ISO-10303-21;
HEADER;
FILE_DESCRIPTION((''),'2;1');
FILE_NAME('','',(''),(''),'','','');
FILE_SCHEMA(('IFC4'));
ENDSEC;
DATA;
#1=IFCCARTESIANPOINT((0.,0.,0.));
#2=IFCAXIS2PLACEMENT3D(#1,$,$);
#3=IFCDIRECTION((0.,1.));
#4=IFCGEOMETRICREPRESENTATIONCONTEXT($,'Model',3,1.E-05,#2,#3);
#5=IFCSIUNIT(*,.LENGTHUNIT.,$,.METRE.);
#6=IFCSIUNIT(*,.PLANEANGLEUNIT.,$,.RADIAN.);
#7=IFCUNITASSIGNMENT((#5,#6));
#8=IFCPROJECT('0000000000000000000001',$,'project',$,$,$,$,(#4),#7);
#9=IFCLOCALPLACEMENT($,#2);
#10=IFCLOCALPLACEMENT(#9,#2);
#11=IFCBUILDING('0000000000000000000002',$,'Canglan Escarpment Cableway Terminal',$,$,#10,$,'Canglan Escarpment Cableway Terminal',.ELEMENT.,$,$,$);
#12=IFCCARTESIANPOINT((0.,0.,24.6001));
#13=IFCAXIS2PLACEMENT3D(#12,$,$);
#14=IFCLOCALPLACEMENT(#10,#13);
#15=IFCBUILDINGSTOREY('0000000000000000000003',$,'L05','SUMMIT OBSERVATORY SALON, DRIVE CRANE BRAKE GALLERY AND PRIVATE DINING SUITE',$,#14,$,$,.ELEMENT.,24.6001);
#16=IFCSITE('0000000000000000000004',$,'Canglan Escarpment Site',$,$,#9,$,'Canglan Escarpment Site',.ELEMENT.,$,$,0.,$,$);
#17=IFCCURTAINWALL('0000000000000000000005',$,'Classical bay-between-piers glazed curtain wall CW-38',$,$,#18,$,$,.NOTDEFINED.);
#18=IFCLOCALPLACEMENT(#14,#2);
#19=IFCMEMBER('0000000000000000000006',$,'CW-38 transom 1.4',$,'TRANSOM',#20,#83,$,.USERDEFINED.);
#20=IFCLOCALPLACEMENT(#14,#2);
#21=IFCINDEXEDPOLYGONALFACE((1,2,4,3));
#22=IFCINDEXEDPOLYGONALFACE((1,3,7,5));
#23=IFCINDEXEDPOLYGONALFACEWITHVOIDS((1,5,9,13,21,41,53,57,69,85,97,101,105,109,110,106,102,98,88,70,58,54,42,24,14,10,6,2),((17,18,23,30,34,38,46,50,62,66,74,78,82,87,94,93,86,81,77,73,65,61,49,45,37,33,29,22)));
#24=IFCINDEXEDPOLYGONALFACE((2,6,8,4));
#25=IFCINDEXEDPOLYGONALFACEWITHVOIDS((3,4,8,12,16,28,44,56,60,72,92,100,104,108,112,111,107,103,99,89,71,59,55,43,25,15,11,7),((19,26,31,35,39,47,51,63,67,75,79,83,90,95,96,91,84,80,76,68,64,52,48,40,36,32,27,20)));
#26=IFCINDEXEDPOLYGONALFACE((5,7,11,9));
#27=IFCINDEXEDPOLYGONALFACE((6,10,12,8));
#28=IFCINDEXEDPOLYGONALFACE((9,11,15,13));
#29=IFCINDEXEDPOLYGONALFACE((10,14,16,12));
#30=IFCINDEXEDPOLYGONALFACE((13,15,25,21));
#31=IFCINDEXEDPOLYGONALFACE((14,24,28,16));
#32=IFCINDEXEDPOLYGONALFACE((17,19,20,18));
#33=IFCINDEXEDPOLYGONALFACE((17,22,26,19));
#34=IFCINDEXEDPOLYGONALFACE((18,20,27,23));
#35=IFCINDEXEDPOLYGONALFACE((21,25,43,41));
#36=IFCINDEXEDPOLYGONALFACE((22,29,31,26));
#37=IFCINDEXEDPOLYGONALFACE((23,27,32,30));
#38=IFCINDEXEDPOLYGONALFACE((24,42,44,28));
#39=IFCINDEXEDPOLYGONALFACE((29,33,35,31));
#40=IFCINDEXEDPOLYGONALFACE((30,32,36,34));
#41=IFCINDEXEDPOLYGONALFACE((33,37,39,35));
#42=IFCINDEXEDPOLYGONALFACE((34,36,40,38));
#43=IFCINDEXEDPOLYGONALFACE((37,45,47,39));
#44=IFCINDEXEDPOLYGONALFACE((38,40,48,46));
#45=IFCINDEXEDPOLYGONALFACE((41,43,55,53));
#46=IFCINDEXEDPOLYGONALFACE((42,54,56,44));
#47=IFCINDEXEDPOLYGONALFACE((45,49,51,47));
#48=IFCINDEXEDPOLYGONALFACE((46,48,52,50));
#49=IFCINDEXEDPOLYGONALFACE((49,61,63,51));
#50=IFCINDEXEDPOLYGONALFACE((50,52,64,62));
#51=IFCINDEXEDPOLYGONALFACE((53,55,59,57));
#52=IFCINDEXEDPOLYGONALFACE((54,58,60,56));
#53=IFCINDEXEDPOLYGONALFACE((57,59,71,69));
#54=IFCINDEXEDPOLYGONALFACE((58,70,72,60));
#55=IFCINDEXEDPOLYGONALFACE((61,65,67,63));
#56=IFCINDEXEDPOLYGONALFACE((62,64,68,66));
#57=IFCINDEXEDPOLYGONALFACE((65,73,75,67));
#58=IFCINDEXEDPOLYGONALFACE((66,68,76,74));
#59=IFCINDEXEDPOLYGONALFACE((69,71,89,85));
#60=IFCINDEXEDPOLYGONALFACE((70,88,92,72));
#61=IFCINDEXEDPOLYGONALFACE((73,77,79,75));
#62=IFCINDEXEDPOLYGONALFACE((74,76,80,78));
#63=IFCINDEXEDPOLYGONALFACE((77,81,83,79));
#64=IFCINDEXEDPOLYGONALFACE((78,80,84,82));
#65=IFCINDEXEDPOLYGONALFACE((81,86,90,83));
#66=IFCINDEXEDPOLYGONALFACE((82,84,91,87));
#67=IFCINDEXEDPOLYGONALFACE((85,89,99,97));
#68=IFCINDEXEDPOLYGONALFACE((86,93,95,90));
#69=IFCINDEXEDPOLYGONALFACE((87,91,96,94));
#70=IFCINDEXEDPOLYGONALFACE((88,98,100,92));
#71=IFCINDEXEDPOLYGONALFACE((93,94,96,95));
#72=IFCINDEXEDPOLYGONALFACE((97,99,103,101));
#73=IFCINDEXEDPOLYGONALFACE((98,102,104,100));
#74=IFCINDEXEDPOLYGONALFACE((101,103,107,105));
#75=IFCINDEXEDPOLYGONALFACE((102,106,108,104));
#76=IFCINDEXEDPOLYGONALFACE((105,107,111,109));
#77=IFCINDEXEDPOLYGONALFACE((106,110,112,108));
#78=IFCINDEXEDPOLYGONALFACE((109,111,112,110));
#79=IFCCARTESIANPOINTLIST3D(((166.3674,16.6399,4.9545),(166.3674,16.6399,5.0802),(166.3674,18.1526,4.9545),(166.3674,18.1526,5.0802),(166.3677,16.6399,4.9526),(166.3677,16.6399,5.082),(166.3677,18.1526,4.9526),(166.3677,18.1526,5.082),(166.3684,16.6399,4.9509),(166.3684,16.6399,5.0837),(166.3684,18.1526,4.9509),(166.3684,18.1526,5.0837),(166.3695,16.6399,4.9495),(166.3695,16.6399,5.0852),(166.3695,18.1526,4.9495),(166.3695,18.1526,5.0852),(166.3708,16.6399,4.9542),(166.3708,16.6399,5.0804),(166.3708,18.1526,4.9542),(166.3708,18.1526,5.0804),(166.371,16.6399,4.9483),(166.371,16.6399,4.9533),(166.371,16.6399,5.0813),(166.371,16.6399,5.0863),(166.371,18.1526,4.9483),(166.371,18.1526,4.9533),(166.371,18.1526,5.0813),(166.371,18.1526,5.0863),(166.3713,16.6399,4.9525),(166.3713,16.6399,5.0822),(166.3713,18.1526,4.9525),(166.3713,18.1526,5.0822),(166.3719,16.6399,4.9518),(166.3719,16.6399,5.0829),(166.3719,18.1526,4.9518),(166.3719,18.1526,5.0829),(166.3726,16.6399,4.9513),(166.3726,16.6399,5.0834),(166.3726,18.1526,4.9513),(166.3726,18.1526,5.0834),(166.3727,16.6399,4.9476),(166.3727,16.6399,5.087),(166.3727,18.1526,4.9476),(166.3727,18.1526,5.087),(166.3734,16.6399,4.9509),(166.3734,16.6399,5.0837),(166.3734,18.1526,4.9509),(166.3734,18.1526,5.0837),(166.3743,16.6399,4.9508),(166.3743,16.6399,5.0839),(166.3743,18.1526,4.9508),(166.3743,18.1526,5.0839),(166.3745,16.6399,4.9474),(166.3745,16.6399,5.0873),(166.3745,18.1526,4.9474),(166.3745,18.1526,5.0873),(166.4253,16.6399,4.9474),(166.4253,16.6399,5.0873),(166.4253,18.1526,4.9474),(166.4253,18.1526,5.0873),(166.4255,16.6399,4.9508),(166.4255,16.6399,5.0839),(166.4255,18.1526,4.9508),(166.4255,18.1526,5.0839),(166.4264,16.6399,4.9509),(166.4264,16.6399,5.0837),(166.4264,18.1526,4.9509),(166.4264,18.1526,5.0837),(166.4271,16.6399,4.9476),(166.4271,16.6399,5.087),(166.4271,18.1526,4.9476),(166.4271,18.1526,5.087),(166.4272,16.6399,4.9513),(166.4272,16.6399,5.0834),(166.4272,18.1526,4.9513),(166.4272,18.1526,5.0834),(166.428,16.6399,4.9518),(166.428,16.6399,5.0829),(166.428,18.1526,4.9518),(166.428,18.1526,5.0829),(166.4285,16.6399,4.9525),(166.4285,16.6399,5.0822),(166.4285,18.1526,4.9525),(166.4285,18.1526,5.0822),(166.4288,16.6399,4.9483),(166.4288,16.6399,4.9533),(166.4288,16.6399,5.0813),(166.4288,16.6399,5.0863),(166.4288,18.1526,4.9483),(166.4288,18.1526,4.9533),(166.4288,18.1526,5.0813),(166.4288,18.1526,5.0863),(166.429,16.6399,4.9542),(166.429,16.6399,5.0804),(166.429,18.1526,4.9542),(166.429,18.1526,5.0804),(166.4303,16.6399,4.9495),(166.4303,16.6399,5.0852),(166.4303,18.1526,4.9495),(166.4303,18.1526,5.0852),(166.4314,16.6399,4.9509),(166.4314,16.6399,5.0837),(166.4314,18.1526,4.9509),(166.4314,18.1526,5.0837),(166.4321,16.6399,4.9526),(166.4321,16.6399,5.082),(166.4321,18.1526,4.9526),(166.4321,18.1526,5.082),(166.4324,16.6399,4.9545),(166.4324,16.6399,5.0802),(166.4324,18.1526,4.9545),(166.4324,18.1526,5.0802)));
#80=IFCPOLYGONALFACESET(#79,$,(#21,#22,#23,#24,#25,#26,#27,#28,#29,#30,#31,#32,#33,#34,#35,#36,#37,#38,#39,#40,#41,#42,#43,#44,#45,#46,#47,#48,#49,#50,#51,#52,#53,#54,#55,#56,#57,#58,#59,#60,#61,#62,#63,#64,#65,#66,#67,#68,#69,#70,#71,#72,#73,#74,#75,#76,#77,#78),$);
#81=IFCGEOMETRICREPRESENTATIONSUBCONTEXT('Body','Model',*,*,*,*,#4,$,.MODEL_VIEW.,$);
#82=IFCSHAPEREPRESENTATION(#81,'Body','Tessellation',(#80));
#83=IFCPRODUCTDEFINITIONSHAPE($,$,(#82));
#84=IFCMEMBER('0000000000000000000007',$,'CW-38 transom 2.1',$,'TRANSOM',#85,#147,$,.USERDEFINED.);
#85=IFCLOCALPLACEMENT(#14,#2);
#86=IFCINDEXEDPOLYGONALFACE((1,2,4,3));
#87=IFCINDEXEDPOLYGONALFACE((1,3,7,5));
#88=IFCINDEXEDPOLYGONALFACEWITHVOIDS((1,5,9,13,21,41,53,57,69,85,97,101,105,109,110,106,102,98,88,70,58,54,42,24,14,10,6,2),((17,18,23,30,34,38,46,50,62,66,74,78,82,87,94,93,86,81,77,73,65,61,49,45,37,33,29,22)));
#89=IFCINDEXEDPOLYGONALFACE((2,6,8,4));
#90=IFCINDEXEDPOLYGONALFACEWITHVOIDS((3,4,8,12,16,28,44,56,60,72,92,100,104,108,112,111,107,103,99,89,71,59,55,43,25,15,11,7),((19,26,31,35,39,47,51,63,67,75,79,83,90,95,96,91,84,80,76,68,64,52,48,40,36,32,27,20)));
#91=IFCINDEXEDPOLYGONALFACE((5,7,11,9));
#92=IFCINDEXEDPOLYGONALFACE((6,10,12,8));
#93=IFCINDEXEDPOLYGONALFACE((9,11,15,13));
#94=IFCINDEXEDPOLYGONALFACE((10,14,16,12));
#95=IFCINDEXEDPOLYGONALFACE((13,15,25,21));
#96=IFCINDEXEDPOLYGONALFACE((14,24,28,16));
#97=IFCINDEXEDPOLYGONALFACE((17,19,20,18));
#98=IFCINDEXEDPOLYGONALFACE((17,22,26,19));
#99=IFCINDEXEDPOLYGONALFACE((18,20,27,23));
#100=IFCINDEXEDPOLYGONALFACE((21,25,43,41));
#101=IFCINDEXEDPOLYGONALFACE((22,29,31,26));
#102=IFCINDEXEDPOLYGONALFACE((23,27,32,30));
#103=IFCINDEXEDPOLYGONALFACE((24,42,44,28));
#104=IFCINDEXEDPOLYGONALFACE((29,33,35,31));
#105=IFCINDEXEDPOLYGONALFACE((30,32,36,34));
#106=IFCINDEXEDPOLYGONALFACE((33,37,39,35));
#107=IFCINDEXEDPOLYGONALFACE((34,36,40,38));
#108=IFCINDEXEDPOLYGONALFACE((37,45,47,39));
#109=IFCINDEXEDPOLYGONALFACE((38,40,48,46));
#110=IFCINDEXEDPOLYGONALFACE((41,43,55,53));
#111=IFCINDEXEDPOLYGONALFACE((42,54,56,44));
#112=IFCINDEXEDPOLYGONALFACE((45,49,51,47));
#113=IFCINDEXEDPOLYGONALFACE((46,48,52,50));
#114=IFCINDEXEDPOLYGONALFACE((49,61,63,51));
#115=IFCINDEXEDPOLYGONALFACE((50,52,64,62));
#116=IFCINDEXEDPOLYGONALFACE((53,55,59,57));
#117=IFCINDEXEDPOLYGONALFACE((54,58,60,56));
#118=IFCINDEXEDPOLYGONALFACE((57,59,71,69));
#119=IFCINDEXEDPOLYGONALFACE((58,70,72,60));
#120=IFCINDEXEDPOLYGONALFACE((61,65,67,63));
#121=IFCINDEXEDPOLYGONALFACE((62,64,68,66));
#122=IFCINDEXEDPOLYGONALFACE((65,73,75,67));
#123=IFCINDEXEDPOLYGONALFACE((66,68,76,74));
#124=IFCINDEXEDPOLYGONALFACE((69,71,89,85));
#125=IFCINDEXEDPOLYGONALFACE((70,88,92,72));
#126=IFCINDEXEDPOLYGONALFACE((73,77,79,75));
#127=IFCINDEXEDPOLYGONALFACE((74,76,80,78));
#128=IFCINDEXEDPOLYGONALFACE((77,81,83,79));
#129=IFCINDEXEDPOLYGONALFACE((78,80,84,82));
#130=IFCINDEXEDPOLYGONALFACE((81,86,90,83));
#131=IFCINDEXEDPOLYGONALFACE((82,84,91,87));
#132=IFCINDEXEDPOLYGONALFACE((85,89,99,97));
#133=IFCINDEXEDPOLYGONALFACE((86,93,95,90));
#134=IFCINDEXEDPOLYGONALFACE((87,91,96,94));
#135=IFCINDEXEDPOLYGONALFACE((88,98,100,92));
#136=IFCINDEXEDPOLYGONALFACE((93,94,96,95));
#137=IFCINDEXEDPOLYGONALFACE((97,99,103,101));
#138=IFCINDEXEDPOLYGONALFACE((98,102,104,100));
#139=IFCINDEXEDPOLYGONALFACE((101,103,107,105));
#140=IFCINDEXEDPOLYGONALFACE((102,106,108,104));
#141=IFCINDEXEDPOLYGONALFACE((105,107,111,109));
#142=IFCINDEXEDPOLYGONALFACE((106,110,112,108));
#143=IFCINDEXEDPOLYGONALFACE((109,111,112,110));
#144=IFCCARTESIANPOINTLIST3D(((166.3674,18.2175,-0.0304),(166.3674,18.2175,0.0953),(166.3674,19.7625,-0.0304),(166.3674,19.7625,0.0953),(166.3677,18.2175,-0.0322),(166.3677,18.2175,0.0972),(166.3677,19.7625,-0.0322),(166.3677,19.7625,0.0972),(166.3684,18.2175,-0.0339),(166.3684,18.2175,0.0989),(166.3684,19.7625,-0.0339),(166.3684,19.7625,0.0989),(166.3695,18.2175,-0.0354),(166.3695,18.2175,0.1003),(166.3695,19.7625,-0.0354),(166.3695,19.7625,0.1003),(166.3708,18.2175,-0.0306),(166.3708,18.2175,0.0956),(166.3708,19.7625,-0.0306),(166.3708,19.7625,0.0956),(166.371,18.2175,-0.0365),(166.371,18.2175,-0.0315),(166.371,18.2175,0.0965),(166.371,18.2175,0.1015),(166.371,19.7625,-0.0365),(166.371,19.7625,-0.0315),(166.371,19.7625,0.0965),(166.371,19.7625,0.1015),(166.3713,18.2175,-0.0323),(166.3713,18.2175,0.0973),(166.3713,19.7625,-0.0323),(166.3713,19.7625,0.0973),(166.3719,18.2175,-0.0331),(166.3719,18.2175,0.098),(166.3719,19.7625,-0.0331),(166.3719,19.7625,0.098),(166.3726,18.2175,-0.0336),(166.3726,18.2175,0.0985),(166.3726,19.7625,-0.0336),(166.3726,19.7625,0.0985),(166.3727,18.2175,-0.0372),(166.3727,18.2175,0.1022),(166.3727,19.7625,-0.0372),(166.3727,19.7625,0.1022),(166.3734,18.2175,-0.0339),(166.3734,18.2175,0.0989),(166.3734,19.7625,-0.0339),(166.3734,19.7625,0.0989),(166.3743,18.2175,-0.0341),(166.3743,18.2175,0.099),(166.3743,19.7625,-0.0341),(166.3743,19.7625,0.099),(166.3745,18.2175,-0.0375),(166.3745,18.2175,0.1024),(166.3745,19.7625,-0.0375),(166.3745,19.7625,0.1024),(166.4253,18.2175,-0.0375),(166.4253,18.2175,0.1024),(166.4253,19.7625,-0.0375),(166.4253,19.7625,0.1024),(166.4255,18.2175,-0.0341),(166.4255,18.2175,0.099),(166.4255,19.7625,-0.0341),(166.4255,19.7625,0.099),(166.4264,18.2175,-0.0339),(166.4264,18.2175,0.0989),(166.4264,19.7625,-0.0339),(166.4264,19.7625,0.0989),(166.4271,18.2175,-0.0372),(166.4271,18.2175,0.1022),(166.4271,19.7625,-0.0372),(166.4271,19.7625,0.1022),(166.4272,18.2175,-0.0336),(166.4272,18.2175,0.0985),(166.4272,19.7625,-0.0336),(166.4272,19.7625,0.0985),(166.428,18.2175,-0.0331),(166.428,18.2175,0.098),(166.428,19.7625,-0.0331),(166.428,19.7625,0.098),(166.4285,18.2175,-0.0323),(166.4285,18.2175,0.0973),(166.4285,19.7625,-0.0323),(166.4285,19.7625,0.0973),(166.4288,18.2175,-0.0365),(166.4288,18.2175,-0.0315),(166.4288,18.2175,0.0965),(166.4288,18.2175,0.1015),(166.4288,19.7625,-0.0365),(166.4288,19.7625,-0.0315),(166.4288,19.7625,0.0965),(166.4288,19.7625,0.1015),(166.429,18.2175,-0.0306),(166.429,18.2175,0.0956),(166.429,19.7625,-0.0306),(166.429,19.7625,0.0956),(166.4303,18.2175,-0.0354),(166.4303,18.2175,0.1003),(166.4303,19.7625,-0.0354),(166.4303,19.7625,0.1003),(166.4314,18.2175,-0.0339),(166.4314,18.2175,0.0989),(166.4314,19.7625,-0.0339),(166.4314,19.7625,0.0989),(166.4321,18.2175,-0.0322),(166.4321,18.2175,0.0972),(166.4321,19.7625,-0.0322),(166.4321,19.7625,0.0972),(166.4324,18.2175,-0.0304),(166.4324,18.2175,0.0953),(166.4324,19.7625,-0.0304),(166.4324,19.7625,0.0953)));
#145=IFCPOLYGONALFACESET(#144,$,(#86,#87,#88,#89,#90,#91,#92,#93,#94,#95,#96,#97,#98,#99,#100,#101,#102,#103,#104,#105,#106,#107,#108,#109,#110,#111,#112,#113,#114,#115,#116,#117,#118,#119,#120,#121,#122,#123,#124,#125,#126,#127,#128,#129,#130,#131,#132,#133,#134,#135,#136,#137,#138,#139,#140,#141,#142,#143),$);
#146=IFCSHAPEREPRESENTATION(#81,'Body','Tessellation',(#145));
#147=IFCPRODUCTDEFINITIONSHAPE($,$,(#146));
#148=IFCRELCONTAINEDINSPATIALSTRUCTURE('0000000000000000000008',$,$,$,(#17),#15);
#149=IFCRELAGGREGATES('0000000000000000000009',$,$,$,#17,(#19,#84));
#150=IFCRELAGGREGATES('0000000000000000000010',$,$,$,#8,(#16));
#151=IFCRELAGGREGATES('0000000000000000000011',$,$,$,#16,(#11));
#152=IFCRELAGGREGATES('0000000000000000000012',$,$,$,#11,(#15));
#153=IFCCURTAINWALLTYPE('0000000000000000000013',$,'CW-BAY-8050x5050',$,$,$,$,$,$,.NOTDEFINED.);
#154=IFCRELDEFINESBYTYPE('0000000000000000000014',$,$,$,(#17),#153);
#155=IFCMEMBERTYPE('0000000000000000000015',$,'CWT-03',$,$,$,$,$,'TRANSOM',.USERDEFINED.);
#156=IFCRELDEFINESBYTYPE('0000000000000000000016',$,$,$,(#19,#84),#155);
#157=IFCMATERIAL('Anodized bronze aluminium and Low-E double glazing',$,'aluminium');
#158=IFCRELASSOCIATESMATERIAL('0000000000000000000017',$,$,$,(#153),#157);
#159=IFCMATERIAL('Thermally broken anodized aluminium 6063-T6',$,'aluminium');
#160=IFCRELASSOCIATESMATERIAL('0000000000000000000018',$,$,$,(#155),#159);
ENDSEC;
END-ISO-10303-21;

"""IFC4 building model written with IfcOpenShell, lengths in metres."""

from ifc_helpers import new_model, si_unit, direction, frame, origin, origin_2d, place, context, subcontext, project, spatial, hollow_rectangle, extrude, material, material_profile, profile_set, type_object, element, aggregate, save


model = new_model("IFC4")

# Units and contexts
model_context = context("Model", 3, precision=1e-05, world=origin(), true_north=direction((0.0, 1.0)))
body_context = subcontext(model_context, "Body", "Model", "MODEL_VIEW")
ifc_project = project(units=[si_unit("LENGTHUNIT", "METRE"), si_unit("PLANEANGLEUNIT", "RADIAN")], contexts=[model_context])

# Site, building, storey
site_placement = place(None, origin())
site = spatial("IfcSite", under=ifc_project, at=site_placement, Name="Canglan Escarpment Site", LongName="Canglan Escarpment Site", CompositionType="ELEMENT", RefElevation=0.0)
building_placement = place(site_placement, origin())
building = spatial("IfcBuilding", under=site, at=building_placement, Name="Canglan Escarpment Cableway Terminal", LongName="Canglan Escarpment Cableway Terminal", CompositionType="ELEMENT")
storey_placement = place(building_placement, frame((0.0, 0.0, 24.6001)))
storey = spatial("IfcBuildingStorey", under=building, at=storey_placement, Name="L05", Description="SUMMIT OBSERVATORY SALON, DRIVE CRANE BRAKE GALLERY AND PRIVATE DINING SUITE", CompositionType="ELEMENT", Elevation=24.6001)

# Curtain wall, members
ifc_material_1 = material(Name="Anodized bronze aluminium and Low-E double glazing", Category="aluminium")
curtain_wall_type = type_object("IfcCurtainWallType", Name="CW-BAY-8050x5050", PredefinedType="NOTDEFINED", material=ifc_material_1)
curtain_wall_placement = place(storey_placement, origin())
curtain_wall = element("IfcCurtainWall", 1, at=curtain_wall_placement, inside=storey, type_object=curtain_wall_type, Name="Classical bay-between-piers glazed curtain wall CW-38", PredefinedType="NOTDEFINED")
ifc_material_2 = material(Name="Thermally broken anodized aluminium 6063-T6", Category="aluminium")
ifc_material_profile_1 = material_profile(ifc_material_2, hollow_rectangle(XDim=0.0649, YDim=0.1399, WallThickness=0.0034, InnerFilletRadius=0.0034, OuterFilletRadius=0.0071, at=origin_2d()), Name="ALU-TRAN 65x140x3.5")
ifc_profile_set_1 = profile_set([ifc_material_profile_1], Name="Thermally broken anodized aluminium 6063-T6")
member_type_1 = type_object("IfcMemberType", Name="CWT-03", ElementType="TRANSOM", PredefinedType="USERDEFINED", material=ifc_profile_set_1)
member_1_placement = place(storey_placement, frame((166.3999, 16.6399, 5.0173), z_axis=(0.0, 1.0, 0.0), x_axis=(-1.0, 0.0, 0.0)))
member_1 = element("IfcMember", 2, at=member_1_placement, type_object=member_type_1, Name="CW-38 transom 1.4", ObjectType="TRANSOM", PredefinedType="USERDEFINED", context=body_context, shape_type="SweptSolid", body=[
    extrude(hollow_rectangle(XDim=0.0649, YDim=0.1399, WallThickness=0.0034, InnerFilletRadius=0.0034, OuterFilletRadius=0.0071, at=origin_2d()), origin(), (0.0, 0.0, 1.0), 1.5127),
])
member_2_placement = place(storey_placement, frame((166.3999, 18.2175, 0.0325), z_axis=(0.0, 1.0, 0.0), x_axis=(-1.0, 0.0, 0.0)))
member_2 = element("IfcMember", 3, at=member_2_placement, type_object=member_type_1, Name="CW-38 transom 2.1", ObjectType="TRANSOM", PredefinedType="USERDEFINED", context=body_context, shape_type="SweptSolid", body=[
    extrude(hollow_rectangle(XDim=0.0649, YDim=0.1399, WallThickness=0.0034, InnerFilletRadius=0.0034, OuterFilletRadius=0.0071, at=origin_2d()), origin(), (0.0, 0.0, 1.0), 1.5449),
])
aggregate(curtain_wall, [member_1, member_2])

save(model, "model.ifc")
